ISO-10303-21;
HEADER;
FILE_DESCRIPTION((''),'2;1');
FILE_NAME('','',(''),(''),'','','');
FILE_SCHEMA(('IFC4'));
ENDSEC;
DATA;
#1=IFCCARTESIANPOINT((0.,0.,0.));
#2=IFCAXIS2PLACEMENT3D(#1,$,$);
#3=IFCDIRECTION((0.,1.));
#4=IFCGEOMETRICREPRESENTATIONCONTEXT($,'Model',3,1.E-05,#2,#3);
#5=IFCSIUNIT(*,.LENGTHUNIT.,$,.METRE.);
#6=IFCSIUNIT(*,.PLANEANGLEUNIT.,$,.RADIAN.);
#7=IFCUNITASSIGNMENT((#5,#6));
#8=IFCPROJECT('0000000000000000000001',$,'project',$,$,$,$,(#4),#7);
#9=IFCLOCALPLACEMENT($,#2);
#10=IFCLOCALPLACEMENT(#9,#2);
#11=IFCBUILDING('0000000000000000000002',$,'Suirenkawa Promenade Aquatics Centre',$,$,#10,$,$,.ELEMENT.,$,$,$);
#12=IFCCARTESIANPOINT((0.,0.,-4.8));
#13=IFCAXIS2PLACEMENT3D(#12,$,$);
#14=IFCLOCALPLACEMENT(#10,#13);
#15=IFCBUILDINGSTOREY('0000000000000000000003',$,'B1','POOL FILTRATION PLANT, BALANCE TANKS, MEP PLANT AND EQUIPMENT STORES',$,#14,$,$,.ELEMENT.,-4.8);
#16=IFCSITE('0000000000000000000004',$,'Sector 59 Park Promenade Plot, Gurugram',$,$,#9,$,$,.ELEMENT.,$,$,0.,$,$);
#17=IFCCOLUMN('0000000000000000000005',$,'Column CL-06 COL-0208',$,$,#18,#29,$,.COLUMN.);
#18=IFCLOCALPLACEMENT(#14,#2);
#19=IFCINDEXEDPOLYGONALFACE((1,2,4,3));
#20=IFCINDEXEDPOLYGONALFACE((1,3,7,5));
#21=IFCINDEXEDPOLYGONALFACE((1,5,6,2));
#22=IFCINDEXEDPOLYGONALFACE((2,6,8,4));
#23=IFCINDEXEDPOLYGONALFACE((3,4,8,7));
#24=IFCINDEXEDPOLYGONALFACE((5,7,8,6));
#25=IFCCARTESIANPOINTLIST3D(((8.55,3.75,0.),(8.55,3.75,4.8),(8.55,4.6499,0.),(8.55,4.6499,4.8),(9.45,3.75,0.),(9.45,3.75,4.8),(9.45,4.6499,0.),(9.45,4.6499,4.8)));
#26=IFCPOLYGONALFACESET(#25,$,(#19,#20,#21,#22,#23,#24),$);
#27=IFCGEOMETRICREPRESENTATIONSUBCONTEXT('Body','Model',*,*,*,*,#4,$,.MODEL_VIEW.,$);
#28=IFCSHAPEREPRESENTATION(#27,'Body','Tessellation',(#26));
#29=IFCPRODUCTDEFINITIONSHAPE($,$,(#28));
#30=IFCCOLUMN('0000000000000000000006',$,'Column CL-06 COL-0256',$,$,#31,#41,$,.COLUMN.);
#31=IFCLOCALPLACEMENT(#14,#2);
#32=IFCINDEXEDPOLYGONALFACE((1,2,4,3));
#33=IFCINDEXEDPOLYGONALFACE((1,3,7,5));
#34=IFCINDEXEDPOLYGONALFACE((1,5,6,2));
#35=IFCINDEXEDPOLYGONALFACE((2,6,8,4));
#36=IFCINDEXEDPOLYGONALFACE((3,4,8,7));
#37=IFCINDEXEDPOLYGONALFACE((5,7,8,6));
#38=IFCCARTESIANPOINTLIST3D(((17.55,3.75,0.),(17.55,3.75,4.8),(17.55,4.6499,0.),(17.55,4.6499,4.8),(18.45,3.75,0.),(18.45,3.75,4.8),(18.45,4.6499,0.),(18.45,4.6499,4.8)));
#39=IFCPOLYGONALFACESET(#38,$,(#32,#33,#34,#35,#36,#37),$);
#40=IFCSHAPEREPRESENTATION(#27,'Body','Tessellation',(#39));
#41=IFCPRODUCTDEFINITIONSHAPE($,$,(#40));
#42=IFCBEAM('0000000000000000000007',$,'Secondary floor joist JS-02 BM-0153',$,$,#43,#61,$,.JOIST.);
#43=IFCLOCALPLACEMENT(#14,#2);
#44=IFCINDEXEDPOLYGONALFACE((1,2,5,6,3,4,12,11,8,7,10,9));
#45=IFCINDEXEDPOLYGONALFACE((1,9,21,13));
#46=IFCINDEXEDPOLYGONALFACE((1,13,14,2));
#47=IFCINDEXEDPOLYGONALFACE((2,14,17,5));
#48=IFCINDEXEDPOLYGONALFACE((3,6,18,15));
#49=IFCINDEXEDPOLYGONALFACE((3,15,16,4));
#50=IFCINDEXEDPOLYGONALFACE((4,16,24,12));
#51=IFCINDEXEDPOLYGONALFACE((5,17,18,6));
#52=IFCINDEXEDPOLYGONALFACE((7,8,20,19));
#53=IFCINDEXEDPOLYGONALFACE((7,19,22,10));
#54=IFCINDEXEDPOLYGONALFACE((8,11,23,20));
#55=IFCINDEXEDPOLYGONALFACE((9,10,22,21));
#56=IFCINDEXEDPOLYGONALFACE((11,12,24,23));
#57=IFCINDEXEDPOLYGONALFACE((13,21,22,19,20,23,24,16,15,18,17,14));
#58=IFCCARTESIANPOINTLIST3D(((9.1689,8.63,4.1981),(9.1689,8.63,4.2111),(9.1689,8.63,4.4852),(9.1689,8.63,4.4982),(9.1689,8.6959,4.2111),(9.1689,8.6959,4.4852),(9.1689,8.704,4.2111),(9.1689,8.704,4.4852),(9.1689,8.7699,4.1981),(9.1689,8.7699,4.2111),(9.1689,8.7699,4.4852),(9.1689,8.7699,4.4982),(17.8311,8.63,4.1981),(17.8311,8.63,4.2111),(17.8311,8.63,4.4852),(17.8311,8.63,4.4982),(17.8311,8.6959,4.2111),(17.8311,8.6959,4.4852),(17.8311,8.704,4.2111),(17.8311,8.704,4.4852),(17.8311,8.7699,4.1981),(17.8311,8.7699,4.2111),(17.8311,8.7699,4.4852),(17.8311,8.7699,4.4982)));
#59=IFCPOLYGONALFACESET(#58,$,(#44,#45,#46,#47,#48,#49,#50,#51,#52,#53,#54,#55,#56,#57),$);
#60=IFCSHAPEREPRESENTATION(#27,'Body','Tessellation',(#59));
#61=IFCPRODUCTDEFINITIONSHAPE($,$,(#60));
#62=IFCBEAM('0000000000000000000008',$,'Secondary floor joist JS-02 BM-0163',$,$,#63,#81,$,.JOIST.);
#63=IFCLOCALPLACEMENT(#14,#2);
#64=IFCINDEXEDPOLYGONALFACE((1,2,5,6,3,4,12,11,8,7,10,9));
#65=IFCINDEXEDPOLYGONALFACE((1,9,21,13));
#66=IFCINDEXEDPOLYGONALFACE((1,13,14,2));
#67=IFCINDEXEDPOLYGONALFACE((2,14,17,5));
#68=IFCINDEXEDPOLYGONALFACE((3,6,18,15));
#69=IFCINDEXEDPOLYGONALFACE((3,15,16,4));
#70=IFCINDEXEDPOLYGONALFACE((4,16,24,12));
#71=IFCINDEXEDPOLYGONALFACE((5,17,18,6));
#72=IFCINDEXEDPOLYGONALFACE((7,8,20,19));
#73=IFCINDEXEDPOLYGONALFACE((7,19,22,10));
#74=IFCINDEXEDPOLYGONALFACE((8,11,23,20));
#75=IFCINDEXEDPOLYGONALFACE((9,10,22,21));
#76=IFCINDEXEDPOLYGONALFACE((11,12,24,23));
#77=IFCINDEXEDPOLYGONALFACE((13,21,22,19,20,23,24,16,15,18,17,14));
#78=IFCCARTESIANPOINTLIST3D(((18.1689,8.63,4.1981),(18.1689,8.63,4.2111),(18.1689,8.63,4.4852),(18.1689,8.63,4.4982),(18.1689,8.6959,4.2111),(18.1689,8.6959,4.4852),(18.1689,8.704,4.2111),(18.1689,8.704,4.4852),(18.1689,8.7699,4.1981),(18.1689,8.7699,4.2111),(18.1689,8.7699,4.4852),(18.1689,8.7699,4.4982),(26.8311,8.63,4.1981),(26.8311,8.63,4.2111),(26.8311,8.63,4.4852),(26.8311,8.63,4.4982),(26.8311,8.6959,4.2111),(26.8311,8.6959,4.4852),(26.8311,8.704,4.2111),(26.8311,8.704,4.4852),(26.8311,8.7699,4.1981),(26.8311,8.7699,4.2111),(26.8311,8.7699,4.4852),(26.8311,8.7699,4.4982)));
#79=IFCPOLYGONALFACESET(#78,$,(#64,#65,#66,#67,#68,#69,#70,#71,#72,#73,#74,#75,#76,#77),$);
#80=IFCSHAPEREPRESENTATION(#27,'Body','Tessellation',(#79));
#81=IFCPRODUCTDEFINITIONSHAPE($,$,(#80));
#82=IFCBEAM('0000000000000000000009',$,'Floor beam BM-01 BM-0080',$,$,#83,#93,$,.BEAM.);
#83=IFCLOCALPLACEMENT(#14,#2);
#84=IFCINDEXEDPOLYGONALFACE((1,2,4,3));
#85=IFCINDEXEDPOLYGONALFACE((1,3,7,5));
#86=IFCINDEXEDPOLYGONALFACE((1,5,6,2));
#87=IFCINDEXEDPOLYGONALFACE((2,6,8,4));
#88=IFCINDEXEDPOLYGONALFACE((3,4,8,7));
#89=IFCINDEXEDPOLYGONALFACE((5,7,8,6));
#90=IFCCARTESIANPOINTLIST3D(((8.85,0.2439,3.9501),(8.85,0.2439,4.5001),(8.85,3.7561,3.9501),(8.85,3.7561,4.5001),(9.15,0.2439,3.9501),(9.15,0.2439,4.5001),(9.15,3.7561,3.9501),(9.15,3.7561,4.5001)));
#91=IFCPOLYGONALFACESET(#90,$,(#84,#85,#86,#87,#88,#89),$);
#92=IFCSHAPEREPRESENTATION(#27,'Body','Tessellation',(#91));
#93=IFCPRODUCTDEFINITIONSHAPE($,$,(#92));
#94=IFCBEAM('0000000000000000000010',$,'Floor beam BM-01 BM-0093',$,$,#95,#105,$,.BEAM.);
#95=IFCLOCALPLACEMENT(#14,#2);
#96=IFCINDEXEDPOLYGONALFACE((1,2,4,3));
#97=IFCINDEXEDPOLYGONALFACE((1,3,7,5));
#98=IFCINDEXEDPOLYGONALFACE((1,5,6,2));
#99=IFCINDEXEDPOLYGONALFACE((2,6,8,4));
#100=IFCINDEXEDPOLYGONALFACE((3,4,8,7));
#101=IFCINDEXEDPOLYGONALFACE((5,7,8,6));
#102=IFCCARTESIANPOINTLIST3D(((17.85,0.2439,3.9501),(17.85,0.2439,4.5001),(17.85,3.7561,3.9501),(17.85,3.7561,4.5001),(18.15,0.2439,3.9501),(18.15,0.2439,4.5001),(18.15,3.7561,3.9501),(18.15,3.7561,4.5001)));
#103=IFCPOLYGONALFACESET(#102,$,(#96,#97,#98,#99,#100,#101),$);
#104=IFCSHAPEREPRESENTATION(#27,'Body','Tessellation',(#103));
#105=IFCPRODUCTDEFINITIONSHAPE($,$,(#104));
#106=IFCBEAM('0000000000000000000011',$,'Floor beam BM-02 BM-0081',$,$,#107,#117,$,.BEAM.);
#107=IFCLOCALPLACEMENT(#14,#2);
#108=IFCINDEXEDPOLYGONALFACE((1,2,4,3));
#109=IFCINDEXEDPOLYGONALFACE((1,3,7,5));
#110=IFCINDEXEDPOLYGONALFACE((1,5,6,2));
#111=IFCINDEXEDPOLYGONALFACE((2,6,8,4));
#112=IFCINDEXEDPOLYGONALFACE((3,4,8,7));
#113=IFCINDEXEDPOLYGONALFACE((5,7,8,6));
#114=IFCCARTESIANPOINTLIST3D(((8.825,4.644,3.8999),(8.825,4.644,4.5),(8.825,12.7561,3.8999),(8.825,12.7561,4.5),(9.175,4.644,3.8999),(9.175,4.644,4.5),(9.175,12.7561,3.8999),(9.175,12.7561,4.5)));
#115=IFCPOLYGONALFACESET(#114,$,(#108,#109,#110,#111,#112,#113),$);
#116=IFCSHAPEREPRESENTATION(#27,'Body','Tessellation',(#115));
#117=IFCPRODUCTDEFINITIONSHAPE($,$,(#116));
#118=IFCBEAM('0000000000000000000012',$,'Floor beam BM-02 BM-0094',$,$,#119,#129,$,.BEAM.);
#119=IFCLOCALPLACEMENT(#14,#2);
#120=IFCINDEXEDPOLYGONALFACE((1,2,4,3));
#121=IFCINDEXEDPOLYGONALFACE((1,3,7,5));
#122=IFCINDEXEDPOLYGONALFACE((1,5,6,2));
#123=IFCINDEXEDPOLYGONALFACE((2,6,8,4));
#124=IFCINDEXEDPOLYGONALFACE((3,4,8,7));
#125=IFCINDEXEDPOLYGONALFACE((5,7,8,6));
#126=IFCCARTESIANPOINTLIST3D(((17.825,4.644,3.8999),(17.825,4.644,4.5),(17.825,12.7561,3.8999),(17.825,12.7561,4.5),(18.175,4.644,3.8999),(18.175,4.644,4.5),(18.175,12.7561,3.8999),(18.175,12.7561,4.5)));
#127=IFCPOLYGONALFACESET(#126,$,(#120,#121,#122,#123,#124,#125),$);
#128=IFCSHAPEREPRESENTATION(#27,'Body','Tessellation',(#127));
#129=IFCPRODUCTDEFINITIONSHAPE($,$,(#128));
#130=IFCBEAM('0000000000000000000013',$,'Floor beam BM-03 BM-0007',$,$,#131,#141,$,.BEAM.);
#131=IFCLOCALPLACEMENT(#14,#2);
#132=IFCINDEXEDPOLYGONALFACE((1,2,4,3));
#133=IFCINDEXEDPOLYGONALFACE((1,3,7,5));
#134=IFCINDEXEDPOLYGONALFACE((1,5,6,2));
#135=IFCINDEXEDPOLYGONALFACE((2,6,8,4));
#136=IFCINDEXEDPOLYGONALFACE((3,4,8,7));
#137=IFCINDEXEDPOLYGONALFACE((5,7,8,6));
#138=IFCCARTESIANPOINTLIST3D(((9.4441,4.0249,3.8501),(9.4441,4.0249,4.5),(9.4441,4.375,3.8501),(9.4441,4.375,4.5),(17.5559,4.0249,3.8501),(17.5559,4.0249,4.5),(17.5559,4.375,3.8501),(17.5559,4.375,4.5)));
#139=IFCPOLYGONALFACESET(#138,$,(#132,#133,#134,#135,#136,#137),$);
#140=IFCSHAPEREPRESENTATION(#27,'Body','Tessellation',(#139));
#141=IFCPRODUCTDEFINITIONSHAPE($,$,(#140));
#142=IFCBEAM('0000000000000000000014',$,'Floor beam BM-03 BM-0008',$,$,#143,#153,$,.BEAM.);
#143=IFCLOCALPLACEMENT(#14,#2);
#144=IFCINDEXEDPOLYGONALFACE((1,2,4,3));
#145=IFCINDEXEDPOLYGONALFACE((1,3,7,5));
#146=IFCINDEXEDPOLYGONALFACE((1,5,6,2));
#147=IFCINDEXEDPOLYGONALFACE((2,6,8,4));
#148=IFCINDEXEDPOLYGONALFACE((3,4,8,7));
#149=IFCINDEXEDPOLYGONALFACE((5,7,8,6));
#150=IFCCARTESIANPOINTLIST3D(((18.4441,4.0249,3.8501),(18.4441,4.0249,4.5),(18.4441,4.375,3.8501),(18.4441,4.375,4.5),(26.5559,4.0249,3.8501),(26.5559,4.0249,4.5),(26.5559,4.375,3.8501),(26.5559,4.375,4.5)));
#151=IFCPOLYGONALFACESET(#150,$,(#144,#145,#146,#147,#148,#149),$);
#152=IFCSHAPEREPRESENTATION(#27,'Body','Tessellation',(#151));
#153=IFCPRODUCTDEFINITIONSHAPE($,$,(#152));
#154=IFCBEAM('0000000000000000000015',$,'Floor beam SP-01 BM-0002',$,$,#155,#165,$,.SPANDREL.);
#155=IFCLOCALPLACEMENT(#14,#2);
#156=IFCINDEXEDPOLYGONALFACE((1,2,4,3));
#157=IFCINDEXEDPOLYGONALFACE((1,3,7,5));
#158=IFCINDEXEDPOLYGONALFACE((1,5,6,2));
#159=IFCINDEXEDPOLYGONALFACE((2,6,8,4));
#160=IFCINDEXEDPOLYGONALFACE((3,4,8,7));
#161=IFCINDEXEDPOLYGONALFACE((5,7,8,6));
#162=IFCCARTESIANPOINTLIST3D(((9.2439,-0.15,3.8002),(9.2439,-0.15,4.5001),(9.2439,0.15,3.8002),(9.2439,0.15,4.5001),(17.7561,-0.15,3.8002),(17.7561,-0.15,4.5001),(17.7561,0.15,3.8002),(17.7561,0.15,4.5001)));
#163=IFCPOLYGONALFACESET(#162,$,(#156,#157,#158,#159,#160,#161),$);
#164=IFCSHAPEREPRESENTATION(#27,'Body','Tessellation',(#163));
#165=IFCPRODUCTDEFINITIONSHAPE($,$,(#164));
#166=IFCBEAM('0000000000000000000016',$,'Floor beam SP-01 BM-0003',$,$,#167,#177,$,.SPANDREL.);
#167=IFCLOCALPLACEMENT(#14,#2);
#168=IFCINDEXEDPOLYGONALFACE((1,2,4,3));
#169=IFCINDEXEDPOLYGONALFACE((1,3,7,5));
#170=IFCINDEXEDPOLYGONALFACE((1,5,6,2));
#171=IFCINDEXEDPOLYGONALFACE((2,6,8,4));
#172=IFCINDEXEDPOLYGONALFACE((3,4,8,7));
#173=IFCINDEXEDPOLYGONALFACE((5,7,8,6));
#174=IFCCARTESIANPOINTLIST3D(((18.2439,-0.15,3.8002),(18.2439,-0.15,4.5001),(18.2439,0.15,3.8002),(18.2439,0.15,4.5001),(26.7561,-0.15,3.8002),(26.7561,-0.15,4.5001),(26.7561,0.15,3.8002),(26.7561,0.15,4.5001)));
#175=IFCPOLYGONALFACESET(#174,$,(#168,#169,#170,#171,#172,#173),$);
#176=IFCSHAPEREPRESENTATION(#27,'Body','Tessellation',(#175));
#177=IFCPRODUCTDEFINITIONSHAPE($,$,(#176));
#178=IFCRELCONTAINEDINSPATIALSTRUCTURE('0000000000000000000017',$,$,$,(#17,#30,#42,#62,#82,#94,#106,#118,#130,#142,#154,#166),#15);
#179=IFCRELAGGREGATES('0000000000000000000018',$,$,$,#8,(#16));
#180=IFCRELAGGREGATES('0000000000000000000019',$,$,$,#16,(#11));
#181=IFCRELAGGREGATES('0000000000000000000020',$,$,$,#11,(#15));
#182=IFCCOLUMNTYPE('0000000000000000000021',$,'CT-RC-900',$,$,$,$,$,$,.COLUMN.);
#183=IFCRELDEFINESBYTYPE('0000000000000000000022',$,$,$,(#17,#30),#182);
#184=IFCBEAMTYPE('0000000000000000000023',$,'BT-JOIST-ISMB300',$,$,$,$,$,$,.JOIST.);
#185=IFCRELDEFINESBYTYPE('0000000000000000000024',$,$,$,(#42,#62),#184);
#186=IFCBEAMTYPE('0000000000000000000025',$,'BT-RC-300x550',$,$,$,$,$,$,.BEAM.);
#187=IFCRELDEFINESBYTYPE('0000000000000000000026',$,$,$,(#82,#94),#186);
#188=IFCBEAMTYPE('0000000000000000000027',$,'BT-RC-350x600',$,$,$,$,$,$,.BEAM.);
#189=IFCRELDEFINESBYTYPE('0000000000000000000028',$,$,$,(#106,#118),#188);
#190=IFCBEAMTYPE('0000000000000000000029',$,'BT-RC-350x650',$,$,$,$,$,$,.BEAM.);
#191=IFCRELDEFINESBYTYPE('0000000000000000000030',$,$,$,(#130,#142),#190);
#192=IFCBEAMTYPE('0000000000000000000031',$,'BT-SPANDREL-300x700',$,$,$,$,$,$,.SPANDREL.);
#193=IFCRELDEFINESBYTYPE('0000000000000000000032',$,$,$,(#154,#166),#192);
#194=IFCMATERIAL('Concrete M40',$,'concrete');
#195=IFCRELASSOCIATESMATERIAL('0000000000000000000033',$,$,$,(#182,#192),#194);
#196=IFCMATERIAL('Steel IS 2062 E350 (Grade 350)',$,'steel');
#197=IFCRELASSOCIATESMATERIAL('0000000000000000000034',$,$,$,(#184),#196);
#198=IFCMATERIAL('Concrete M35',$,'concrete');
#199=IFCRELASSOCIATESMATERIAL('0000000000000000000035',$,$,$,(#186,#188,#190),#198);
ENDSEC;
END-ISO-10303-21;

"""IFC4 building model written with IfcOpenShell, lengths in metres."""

from ifc_helpers import new_model, si_unit, direction, frame, origin, origin_2d, place, context, subcontext, project, spatial, rectangle, i_section, extrude, material, material_profile, profile_set, type_object, element, save


model = new_model("IFC4")

# Units and contexts
model_context = context("Model", 3, precision=1e-05, world=origin(), true_north=direction((0.0, 1.0)))
body_context = subcontext(model_context, "Body", "Model", "MODEL_VIEW")
ifc_project = project(units=[si_unit("LENGTHUNIT", "METRE"), si_unit("PLANEANGLEUNIT", "RADIAN")], contexts=[model_context])

# Site, building, storey
site_placement = place(None, origin())
site = spatial("IfcSite", under=ifc_project, at=site_placement, Name="Sector 59 Park Promenade Plot, Gurugram", CompositionType="ELEMENT", RefElevation=0.0)
building_placement = place(site_placement, origin())
building = spatial("IfcBuilding", under=site, at=building_placement, Name="Suirenkawa Promenade Aquatics Centre", CompositionType="ELEMENT")
storey_placement = place(building_placement, frame((0.0, 0.0, -4.8)))
storey = spatial("IfcBuildingStorey", under=building, at=storey_placement, Name="B1", Description="POOL FILTRATION PLANT, BALANCE TANKS, MEP PLANT AND EQUIPMENT STORES", CompositionType="ELEMENT", Elevation=-4.8)

# Shared definitions
ifc_material_1 = material(Name="Concrete M35", Category="concrete")

# Columns
ifc_material_2 = material(Name="Concrete M40", Category="concrete")
ifc_material_profile_1 = material_profile(ifc_material_2, rectangle(XDim=0.8999, YDim=0.8999, at=origin_2d()), Name="RC COL 900x900", Category="concrete")
ifc_profile_set_1 = profile_set([ifc_material_profile_1], Name="Concrete M40")
column_type_1 = type_object("IfcColumnType", Name="CT-RC-900", PredefinedType="COLUMN", material=ifc_profile_set_1)
for number, where, z_axis, x_axis, name in (
    (1, (9.0, 4.2, 0.0), (0.0, 0.0, 1.0), (1.0, 0.0, 0.0), "Column CL-06 COL-0208"),
    (2, (18.0, 4.2, 0.0), (0.0, 0.0, 1.0), (1.0, 0.0, 0.0), "Column CL-06 COL-0256"),
):
    element("IfcColumn", number, at=place(storey_placement, frame(where, z_axis=z_axis, x_axis=x_axis)), inside=storey, type_object=column_type_1, Name=name, PredefinedType="COLUMN", context=body_context, shape_type="SweptSolid", body=[
        extrude(rectangle(XDim=0.8999, YDim=0.8999, at=origin_2d()), origin(), (0.0, 0.0, 1.0), 4.8),
    ])

# Beams
ifc_material_3 = material(Name="Steel IS 2062 E350 (Grade 350)", Category="steel")
ifc_material_profile_2 = material_profile(ifc_material_3, i_section(OverallWidth=0.1399, OverallDepth=0.3, WebThickness=0.0081, FlangeThickness=0.0129, at=origin_2d()), Name="ISMB 300", Category="steel")
ifc_profile_set_2 = profile_set([ifc_material_profile_2], Name="Steel IS 2062 E350 (Grade 350)")
beam_type_1 = type_object("IfcBeamType", Name="BT-JOIST-ISMB300", PredefinedType="JOIST", material=ifc_profile_set_2)
for number, where, z_axis, x_axis, name in (
    (3, (9.1689, 8.7, 4.3481), (1.0, 0.0, 0.0), (0.0, 1.0, 0.0), "Secondary floor joist JS-02 BM-0153"),
    (4, (18.1689, 8.7, 4.3481), (1.0, 0.0, 0.0), (0.0, 1.0, 0.0), "Secondary floor joist JS-02 BM-0163"),
):
    element("IfcBeam", number, at=place(storey_placement, frame(where, z_axis=z_axis, x_axis=x_axis)), inside=storey, type_object=beam_type_1, Name=name, PredefinedType="JOIST", context=body_context, shape_type="SweptSolid", body=[
        extrude(i_section(OverallWidth=0.1399, OverallDepth=0.3, WebThickness=0.0081, FlangeThickness=0.0129, at=origin_2d()), origin(), (0.0, 0.0, 1.0), 8.6621),
    ])
ifc_material_profile_3 = material_profile(ifc_material_1, rectangle(XDim=0.3, YDim=0.55, at=origin_2d()), Name="RC BM 300x550", Category="concrete")
ifc_profile_set_3 = profile_set([ifc_material_profile_3], Name="Concrete M35")
beam_type_2 = type_object("IfcBeamType", Name="BT-RC-300x550", PredefinedType="BEAM", material=ifc_profile_set_3)
for number, where, z_axis, x_axis, name in (
    (5, (9.0, 0.2439, 4.2251), (0.0, 1.0, 0.0), (-1.0, 0.0, 0.0), "Floor beam BM-01 BM-0080"),
    (6, (18.0, 0.2439, 4.2251), (0.0, 1.0, 0.0), (-1.0, 0.0, 0.0), "Floor beam BM-01 BM-0093"),
):
    element("IfcBeam", number, at=place(storey_placement, frame(where, z_axis=z_axis, x_axis=x_axis)), inside=storey, type_object=beam_type_2, Name=name, PredefinedType="BEAM", context=body_context, shape_type="SweptSolid", body=[
        extrude(rectangle(XDim=0.3, YDim=0.55, at=origin_2d()), origin(), (0.0, 0.0, 1.0), 3.5122),
    ])
ifc_material_profile_4 = material_profile(ifc_material_1, rectangle(XDim=0.3501, YDim=0.6001, at=origin_2d()), Name="RC BM 350x600", Category="concrete")
ifc_profile_set_4 = profile_set([ifc_material_profile_4], Name="Concrete M35")
beam_type_3 = type_object("IfcBeamType", Name="BT-RC-350x600", PredefinedType="BEAM", material=ifc_profile_set_4)
for number, where, z_axis, x_axis, name in (
    (7, (9.0, 4.644, 4.2), (0.0, 1.0, 0.0), (-1.0, 0.0, 0.0), "Floor beam BM-02 BM-0081"),
    (8, (18.0, 4.644, 4.2), (0.0, 1.0, 0.0), (-1.0, 0.0, 0.0), "Floor beam BM-02 BM-0094"),
):
    element("IfcBeam", number, at=place(storey_placement, frame(where, z_axis=z_axis, x_axis=x_axis)), inside=storey, type_object=beam_type_3, Name=name, PredefinedType="BEAM", context=body_context, shape_type="SweptSolid", body=[
        extrude(rectangle(XDim=0.3501, YDim=0.6001, at=origin_2d()), origin(), (0.0, 0.0, 1.0), 8.1121),
    ])
ifc_material_profile_5 = material_profile(ifc_material_1, rectangle(XDim=0.3501, YDim=0.6499, at=origin_2d()), Name="RC BM 350x650", Category="concrete")
ifc_profile_set_5 = profile_set([ifc_material_profile_5], Name="Concrete M35")
beam_type_4 = type_object("IfcBeamType", Name="BT-RC-350x650", PredefinedType="BEAM", material=ifc_profile_set_5)
for number, where, z_axis, x_axis, name in (
    (9, (9.4441, 4.2, 4.175), (1.0, 0.0, 0.0), (0.0, 1.0, 0.0), "Floor beam BM-03 BM-0007"),
    (10, (18.4441, 4.2, 4.175), (1.0, 0.0, 0.0), (0.0, 1.0, 0.0), "Floor beam BM-03 BM-0008"),
):
    element("IfcBeam", number, at=place(storey_placement, frame(where, z_axis=z_axis, x_axis=x_axis)), inside=storey, type_object=beam_type_4, Name=name, PredefinedType="BEAM", context=body_context, shape_type="SweptSolid", body=[
        extrude(rectangle(XDim=0.3501, YDim=0.6499, at=origin_2d()), origin(), (0.0, 0.0, 1.0), 8.1118),
    ])
ifc_material_profile_6 = material_profile(ifc_material_2, rectangle(XDim=0.3, YDim=0.7, at=origin_2d()), Name="RC SPANDREL 300x700", Category="concrete")
ifc_profile_set_6 = profile_set([ifc_material_profile_6], Name="Concrete M40")
beam_type_5 = type_object("IfcBeamType", Name="BT-SPANDREL-300x700", PredefinedType="SPANDREL", material=ifc_profile_set_6)
for number, where, z_axis, x_axis, name in (
    (11, (9.2439, 0.0, 4.1501), (1.0, 0.0, 0.0), (0.0, 1.0, 0.0), "Floor beam SP-01 BM-0002"),
    (12, (18.2439, 0.0, 4.1501), (1.0, 0.0, 0.0), (0.0, 1.0, 0.0), "Floor beam SP-01 BM-0003"),
):
    element("IfcBeam", number, at=place(storey_placement, frame(where, z_axis=z_axis, x_axis=x_axis)), inside=storey, type_object=beam_type_5, Name=name, PredefinedType="SPANDREL", context=body_context, shape_type="SweptSolid", body=[
        extrude(rectangle(XDim=0.3, YDim=0.7, at=origin_2d()), origin(), (0.0, 0.0, 1.0), 8.5122),
    ])

save(model, "model.ifc")
